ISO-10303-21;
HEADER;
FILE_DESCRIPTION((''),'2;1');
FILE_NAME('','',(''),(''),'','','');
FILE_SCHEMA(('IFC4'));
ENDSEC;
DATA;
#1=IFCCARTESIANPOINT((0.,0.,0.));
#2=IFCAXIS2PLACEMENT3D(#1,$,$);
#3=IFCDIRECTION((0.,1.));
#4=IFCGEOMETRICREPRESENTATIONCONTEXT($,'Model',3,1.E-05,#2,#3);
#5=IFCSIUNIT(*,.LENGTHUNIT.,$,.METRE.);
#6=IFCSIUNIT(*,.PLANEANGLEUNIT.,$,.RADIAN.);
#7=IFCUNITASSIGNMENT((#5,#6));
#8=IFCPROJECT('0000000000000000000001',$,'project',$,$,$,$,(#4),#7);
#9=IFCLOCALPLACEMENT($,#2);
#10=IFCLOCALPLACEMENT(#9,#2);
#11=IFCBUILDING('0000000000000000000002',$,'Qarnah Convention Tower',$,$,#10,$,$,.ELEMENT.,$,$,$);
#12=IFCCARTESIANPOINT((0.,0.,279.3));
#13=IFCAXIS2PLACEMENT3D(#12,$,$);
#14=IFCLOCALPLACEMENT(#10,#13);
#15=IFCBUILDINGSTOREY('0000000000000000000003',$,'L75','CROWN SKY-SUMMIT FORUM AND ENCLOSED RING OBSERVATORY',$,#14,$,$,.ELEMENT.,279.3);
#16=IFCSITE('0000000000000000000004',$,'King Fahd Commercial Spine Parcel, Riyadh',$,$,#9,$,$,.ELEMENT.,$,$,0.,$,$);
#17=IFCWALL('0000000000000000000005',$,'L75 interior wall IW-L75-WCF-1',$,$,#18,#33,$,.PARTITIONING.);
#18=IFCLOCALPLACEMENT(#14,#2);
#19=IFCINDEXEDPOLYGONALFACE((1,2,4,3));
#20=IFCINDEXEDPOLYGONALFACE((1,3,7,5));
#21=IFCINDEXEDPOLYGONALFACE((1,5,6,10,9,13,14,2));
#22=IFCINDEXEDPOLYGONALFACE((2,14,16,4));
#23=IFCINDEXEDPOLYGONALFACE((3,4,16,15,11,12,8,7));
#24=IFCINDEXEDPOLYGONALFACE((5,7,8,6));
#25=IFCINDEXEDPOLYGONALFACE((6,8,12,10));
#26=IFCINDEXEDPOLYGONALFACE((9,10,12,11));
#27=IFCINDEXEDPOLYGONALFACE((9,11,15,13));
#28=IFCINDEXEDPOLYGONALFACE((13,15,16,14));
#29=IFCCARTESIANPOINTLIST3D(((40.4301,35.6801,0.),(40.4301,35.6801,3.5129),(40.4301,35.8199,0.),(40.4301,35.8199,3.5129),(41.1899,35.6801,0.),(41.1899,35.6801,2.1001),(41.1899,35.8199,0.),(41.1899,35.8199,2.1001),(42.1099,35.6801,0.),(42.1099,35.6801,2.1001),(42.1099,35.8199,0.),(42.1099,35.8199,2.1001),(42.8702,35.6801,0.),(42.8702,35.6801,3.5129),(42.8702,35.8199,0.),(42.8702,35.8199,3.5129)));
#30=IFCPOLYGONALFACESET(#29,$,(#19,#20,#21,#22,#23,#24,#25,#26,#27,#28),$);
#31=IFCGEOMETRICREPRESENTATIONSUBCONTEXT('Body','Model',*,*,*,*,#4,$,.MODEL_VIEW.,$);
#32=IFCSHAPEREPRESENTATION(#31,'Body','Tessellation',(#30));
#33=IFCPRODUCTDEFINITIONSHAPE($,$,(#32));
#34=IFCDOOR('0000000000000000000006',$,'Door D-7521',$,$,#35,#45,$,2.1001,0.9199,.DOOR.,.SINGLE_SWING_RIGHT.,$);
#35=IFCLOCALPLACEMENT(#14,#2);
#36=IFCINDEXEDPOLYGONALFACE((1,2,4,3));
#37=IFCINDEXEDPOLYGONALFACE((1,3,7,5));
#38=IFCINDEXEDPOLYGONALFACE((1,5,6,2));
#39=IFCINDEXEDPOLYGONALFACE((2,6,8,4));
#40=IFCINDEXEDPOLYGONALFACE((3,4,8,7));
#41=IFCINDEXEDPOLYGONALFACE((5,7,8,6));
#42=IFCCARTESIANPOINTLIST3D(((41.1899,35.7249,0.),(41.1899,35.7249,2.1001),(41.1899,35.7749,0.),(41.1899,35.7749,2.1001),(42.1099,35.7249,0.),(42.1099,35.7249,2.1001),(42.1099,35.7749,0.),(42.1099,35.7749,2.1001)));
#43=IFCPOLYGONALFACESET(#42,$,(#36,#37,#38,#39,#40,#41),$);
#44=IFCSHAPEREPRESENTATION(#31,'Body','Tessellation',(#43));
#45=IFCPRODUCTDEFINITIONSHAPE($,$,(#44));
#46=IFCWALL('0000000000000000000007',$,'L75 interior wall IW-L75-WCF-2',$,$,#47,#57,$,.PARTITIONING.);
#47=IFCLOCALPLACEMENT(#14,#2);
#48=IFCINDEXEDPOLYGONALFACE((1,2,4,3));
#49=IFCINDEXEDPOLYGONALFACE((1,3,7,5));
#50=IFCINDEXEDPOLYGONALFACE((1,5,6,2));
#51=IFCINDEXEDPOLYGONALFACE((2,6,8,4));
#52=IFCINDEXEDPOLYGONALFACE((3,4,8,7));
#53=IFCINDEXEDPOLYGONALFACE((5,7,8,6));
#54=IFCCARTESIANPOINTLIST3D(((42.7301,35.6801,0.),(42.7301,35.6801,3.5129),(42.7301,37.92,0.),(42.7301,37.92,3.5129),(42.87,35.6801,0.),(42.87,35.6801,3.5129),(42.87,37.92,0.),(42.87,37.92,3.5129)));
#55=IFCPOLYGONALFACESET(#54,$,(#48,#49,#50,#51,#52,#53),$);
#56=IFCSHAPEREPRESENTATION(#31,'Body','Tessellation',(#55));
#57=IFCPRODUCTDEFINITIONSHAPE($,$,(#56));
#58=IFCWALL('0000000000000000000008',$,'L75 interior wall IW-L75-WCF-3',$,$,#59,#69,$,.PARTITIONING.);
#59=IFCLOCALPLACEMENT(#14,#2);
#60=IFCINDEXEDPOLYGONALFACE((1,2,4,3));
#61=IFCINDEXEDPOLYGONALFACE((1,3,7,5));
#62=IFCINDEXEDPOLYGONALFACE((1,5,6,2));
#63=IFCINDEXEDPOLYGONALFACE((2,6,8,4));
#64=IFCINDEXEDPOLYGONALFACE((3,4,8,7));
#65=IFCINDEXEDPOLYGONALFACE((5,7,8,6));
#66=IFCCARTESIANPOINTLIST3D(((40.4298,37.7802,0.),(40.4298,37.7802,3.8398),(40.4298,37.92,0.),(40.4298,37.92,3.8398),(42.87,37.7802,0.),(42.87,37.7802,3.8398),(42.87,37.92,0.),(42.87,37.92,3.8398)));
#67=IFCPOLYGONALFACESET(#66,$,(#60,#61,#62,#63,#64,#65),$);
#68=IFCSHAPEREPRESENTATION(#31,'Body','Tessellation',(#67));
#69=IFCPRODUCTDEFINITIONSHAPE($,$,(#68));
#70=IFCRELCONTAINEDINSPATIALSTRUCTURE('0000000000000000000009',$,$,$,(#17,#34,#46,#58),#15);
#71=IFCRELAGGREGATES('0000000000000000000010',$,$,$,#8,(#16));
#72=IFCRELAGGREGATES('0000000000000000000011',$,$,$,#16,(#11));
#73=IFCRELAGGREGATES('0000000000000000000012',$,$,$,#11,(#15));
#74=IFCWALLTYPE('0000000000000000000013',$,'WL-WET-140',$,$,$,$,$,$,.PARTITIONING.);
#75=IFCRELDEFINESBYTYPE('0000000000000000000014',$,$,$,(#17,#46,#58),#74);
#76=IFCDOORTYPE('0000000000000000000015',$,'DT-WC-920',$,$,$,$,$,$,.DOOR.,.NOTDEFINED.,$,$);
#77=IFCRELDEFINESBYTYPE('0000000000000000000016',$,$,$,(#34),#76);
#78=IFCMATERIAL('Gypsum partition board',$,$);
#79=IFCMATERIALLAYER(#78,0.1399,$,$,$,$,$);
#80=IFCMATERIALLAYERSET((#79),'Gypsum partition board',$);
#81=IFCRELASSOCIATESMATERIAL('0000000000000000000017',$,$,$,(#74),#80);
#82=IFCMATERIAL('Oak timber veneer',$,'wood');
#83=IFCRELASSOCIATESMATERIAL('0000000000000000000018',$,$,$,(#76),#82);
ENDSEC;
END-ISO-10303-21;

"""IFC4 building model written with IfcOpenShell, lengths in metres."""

from ifc_helpers import new_model, si_unit, direction, frame, frame_2d, origin, place, context, subcontext, project, spatial, rectangle, extrude, material, layer, layer_set, type_object, element, fill, save


model = new_model("IFC4")

# Units and contexts
model_context = context("Model", 3, precision=1e-05, world=origin(), true_north=direction((0.0, 1.0)))
body_context = subcontext(model_context, "Body", "Model", "MODEL_VIEW")
ifc_project = project(units=[si_unit("LENGTHUNIT", "METRE"), si_unit("PLANEANGLEUNIT", "RADIAN")], contexts=[model_context])

# Site, building, storey
site_placement = place(None, origin())
site = spatial("IfcSite", under=ifc_project, at=site_placement, Name="King Fahd Commercial Spine Parcel, Riyadh", CompositionType="ELEMENT", RefElevation=0.0)
building_placement = place(site_placement, origin())
building = spatial("IfcBuilding", under=site, at=building_placement, Name="Qarnah Convention Tower", CompositionType="ELEMENT")
storey_placement = place(building_placement, frame((0.0, 0.0, 279.3)))
storey = spatial("IfcBuildingStorey", under=building, at=storey_placement, Name="L75", Description="CROWN SKY-SUMMIT FORUM AND ENCLOSED RING OBSERVATORY", CompositionType="ELEMENT", Elevation=279.3)

# Shared definitions
ifc_material_1 = material(Name="Gypsum partition board")

# Shared definitions
ifc_material_2 = material(Name="Oak timber veneer", Category="wood")

# Shared definitions
ifc_layer_1 = layer(ifc_material_1, 0.1399)
ifc_layer_set_1 = layer_set([ifc_layer_1], Name="Gypsum partition board")
wall_type_1 = type_object("IfcWallType", Name="WL-WET-140", PredefinedType="PARTITIONING", material=ifc_layer_set_1)
door_type_1 = type_object("IfcDoorType", Name="DT-WC-920", OperationType="NOTDEFINED", PredefinedType="DOOR", material=ifc_material_2)

# Wall, opening, door
wall_1_placement = place(storey_placement, frame((40.4299, 35.75, 0.0), z_axis=(0.0, 0.0, 1.0), x_axis=(1.0, 0.0, 0.0)))
wall_1 = element("IfcWall", 1, at=wall_1_placement, inside=storey, type_object=wall_type_1, Name="L75 interior wall IW-L75-WCF-1", PredefinedType="PARTITIONING", context=body_context, shape_type="SweptSolid", body=[
    extrude(rectangle(XDim=2.4402, YDim=0.1399, at=frame_2d((1.2202, 0.0))), origin(), (0.0, 0.0, 1.0), 3.5129),
])
opening_1_placement = place(wall_1_placement, frame((0.76, 0.0, 0.0)))
opening_1 = element("IfcOpeningElement", 2, at=opening_1_placement, cuts=wall_1, PredefinedType="OPENING", context=body_context, shape_type="SweptSolid", body=[
    extrude(rectangle(XDim=0.9199, YDim=2.1001, at=frame_2d((0.46, 1.05))), frame((0.0, 0.0798, 0.0), z_axis=(0.0, -1.0, 0.0), x_axis=(1.0, 0.0, 0.0)), (0.0, 0.0, 1.0), 0.1599),
])
door_1_placement = place(opening_1_placement, origin())
door_1 = element("IfcDoor", 3, at=door_1_placement, inside=storey, type_object=door_type_1, Name="Door D-7521", OperationType="SINGLE_SWING_RIGHT", OverallHeight=2.1001, OverallWidth=0.9199, PredefinedType="DOOR", context=body_context, shape_type="SweptSolid", body=[
    extrude(rectangle(XDim=0.9199, YDim=2.1001, at=frame_2d((0.46, 1.05))), frame((0.0, 0.0249, 0.0), z_axis=(0.0, -1.0, 0.0), x_axis=(1.0, 0.0, 0.0)), (0.0, 0.0, 1.0), 0.05),
])
fill(opening_1, door_1)

# Walls
wall_2_placement = place(storey_placement, frame((42.8, 35.6799, 0.0), z_axis=(0.0, 0.0, 1.0), x_axis=(0.0, 1.0, 0.0)))
element("IfcWall", 4, at=wall_2_placement, inside=storey, type_object=wall_type_1, Name="L75 interior wall IW-L75-WCF-2", PredefinedType="PARTITIONING", context=body_context, shape_type="SweptSolid", body=[
    extrude(rectangle(XDim=2.24, YDim=0.1399, at=frame_2d((1.1201, 0.0))), origin(), (0.0, 0.0, 1.0), 3.5129),
])
wall_3_placement = place(storey_placement, frame((42.8701, 37.8501, 0.0), z_axis=(0.0, 0.0, 1.0), x_axis=(-1.0, 0.0, 0.0)))
element("IfcWall", 5, at=wall_3_placement, inside=storey, type_object=wall_type_1, Name="L75 interior wall IW-L75-WCF-3", PredefinedType="PARTITIONING", context=body_context, shape_type="SweptSolid", body=[
    extrude(rectangle(XDim=2.4402, YDim=0.1399, at=frame_2d((1.2202, 0.0))), origin(), (0.0, 0.0, 1.0), 3.8398),
])

save(model, "model.ifc")
